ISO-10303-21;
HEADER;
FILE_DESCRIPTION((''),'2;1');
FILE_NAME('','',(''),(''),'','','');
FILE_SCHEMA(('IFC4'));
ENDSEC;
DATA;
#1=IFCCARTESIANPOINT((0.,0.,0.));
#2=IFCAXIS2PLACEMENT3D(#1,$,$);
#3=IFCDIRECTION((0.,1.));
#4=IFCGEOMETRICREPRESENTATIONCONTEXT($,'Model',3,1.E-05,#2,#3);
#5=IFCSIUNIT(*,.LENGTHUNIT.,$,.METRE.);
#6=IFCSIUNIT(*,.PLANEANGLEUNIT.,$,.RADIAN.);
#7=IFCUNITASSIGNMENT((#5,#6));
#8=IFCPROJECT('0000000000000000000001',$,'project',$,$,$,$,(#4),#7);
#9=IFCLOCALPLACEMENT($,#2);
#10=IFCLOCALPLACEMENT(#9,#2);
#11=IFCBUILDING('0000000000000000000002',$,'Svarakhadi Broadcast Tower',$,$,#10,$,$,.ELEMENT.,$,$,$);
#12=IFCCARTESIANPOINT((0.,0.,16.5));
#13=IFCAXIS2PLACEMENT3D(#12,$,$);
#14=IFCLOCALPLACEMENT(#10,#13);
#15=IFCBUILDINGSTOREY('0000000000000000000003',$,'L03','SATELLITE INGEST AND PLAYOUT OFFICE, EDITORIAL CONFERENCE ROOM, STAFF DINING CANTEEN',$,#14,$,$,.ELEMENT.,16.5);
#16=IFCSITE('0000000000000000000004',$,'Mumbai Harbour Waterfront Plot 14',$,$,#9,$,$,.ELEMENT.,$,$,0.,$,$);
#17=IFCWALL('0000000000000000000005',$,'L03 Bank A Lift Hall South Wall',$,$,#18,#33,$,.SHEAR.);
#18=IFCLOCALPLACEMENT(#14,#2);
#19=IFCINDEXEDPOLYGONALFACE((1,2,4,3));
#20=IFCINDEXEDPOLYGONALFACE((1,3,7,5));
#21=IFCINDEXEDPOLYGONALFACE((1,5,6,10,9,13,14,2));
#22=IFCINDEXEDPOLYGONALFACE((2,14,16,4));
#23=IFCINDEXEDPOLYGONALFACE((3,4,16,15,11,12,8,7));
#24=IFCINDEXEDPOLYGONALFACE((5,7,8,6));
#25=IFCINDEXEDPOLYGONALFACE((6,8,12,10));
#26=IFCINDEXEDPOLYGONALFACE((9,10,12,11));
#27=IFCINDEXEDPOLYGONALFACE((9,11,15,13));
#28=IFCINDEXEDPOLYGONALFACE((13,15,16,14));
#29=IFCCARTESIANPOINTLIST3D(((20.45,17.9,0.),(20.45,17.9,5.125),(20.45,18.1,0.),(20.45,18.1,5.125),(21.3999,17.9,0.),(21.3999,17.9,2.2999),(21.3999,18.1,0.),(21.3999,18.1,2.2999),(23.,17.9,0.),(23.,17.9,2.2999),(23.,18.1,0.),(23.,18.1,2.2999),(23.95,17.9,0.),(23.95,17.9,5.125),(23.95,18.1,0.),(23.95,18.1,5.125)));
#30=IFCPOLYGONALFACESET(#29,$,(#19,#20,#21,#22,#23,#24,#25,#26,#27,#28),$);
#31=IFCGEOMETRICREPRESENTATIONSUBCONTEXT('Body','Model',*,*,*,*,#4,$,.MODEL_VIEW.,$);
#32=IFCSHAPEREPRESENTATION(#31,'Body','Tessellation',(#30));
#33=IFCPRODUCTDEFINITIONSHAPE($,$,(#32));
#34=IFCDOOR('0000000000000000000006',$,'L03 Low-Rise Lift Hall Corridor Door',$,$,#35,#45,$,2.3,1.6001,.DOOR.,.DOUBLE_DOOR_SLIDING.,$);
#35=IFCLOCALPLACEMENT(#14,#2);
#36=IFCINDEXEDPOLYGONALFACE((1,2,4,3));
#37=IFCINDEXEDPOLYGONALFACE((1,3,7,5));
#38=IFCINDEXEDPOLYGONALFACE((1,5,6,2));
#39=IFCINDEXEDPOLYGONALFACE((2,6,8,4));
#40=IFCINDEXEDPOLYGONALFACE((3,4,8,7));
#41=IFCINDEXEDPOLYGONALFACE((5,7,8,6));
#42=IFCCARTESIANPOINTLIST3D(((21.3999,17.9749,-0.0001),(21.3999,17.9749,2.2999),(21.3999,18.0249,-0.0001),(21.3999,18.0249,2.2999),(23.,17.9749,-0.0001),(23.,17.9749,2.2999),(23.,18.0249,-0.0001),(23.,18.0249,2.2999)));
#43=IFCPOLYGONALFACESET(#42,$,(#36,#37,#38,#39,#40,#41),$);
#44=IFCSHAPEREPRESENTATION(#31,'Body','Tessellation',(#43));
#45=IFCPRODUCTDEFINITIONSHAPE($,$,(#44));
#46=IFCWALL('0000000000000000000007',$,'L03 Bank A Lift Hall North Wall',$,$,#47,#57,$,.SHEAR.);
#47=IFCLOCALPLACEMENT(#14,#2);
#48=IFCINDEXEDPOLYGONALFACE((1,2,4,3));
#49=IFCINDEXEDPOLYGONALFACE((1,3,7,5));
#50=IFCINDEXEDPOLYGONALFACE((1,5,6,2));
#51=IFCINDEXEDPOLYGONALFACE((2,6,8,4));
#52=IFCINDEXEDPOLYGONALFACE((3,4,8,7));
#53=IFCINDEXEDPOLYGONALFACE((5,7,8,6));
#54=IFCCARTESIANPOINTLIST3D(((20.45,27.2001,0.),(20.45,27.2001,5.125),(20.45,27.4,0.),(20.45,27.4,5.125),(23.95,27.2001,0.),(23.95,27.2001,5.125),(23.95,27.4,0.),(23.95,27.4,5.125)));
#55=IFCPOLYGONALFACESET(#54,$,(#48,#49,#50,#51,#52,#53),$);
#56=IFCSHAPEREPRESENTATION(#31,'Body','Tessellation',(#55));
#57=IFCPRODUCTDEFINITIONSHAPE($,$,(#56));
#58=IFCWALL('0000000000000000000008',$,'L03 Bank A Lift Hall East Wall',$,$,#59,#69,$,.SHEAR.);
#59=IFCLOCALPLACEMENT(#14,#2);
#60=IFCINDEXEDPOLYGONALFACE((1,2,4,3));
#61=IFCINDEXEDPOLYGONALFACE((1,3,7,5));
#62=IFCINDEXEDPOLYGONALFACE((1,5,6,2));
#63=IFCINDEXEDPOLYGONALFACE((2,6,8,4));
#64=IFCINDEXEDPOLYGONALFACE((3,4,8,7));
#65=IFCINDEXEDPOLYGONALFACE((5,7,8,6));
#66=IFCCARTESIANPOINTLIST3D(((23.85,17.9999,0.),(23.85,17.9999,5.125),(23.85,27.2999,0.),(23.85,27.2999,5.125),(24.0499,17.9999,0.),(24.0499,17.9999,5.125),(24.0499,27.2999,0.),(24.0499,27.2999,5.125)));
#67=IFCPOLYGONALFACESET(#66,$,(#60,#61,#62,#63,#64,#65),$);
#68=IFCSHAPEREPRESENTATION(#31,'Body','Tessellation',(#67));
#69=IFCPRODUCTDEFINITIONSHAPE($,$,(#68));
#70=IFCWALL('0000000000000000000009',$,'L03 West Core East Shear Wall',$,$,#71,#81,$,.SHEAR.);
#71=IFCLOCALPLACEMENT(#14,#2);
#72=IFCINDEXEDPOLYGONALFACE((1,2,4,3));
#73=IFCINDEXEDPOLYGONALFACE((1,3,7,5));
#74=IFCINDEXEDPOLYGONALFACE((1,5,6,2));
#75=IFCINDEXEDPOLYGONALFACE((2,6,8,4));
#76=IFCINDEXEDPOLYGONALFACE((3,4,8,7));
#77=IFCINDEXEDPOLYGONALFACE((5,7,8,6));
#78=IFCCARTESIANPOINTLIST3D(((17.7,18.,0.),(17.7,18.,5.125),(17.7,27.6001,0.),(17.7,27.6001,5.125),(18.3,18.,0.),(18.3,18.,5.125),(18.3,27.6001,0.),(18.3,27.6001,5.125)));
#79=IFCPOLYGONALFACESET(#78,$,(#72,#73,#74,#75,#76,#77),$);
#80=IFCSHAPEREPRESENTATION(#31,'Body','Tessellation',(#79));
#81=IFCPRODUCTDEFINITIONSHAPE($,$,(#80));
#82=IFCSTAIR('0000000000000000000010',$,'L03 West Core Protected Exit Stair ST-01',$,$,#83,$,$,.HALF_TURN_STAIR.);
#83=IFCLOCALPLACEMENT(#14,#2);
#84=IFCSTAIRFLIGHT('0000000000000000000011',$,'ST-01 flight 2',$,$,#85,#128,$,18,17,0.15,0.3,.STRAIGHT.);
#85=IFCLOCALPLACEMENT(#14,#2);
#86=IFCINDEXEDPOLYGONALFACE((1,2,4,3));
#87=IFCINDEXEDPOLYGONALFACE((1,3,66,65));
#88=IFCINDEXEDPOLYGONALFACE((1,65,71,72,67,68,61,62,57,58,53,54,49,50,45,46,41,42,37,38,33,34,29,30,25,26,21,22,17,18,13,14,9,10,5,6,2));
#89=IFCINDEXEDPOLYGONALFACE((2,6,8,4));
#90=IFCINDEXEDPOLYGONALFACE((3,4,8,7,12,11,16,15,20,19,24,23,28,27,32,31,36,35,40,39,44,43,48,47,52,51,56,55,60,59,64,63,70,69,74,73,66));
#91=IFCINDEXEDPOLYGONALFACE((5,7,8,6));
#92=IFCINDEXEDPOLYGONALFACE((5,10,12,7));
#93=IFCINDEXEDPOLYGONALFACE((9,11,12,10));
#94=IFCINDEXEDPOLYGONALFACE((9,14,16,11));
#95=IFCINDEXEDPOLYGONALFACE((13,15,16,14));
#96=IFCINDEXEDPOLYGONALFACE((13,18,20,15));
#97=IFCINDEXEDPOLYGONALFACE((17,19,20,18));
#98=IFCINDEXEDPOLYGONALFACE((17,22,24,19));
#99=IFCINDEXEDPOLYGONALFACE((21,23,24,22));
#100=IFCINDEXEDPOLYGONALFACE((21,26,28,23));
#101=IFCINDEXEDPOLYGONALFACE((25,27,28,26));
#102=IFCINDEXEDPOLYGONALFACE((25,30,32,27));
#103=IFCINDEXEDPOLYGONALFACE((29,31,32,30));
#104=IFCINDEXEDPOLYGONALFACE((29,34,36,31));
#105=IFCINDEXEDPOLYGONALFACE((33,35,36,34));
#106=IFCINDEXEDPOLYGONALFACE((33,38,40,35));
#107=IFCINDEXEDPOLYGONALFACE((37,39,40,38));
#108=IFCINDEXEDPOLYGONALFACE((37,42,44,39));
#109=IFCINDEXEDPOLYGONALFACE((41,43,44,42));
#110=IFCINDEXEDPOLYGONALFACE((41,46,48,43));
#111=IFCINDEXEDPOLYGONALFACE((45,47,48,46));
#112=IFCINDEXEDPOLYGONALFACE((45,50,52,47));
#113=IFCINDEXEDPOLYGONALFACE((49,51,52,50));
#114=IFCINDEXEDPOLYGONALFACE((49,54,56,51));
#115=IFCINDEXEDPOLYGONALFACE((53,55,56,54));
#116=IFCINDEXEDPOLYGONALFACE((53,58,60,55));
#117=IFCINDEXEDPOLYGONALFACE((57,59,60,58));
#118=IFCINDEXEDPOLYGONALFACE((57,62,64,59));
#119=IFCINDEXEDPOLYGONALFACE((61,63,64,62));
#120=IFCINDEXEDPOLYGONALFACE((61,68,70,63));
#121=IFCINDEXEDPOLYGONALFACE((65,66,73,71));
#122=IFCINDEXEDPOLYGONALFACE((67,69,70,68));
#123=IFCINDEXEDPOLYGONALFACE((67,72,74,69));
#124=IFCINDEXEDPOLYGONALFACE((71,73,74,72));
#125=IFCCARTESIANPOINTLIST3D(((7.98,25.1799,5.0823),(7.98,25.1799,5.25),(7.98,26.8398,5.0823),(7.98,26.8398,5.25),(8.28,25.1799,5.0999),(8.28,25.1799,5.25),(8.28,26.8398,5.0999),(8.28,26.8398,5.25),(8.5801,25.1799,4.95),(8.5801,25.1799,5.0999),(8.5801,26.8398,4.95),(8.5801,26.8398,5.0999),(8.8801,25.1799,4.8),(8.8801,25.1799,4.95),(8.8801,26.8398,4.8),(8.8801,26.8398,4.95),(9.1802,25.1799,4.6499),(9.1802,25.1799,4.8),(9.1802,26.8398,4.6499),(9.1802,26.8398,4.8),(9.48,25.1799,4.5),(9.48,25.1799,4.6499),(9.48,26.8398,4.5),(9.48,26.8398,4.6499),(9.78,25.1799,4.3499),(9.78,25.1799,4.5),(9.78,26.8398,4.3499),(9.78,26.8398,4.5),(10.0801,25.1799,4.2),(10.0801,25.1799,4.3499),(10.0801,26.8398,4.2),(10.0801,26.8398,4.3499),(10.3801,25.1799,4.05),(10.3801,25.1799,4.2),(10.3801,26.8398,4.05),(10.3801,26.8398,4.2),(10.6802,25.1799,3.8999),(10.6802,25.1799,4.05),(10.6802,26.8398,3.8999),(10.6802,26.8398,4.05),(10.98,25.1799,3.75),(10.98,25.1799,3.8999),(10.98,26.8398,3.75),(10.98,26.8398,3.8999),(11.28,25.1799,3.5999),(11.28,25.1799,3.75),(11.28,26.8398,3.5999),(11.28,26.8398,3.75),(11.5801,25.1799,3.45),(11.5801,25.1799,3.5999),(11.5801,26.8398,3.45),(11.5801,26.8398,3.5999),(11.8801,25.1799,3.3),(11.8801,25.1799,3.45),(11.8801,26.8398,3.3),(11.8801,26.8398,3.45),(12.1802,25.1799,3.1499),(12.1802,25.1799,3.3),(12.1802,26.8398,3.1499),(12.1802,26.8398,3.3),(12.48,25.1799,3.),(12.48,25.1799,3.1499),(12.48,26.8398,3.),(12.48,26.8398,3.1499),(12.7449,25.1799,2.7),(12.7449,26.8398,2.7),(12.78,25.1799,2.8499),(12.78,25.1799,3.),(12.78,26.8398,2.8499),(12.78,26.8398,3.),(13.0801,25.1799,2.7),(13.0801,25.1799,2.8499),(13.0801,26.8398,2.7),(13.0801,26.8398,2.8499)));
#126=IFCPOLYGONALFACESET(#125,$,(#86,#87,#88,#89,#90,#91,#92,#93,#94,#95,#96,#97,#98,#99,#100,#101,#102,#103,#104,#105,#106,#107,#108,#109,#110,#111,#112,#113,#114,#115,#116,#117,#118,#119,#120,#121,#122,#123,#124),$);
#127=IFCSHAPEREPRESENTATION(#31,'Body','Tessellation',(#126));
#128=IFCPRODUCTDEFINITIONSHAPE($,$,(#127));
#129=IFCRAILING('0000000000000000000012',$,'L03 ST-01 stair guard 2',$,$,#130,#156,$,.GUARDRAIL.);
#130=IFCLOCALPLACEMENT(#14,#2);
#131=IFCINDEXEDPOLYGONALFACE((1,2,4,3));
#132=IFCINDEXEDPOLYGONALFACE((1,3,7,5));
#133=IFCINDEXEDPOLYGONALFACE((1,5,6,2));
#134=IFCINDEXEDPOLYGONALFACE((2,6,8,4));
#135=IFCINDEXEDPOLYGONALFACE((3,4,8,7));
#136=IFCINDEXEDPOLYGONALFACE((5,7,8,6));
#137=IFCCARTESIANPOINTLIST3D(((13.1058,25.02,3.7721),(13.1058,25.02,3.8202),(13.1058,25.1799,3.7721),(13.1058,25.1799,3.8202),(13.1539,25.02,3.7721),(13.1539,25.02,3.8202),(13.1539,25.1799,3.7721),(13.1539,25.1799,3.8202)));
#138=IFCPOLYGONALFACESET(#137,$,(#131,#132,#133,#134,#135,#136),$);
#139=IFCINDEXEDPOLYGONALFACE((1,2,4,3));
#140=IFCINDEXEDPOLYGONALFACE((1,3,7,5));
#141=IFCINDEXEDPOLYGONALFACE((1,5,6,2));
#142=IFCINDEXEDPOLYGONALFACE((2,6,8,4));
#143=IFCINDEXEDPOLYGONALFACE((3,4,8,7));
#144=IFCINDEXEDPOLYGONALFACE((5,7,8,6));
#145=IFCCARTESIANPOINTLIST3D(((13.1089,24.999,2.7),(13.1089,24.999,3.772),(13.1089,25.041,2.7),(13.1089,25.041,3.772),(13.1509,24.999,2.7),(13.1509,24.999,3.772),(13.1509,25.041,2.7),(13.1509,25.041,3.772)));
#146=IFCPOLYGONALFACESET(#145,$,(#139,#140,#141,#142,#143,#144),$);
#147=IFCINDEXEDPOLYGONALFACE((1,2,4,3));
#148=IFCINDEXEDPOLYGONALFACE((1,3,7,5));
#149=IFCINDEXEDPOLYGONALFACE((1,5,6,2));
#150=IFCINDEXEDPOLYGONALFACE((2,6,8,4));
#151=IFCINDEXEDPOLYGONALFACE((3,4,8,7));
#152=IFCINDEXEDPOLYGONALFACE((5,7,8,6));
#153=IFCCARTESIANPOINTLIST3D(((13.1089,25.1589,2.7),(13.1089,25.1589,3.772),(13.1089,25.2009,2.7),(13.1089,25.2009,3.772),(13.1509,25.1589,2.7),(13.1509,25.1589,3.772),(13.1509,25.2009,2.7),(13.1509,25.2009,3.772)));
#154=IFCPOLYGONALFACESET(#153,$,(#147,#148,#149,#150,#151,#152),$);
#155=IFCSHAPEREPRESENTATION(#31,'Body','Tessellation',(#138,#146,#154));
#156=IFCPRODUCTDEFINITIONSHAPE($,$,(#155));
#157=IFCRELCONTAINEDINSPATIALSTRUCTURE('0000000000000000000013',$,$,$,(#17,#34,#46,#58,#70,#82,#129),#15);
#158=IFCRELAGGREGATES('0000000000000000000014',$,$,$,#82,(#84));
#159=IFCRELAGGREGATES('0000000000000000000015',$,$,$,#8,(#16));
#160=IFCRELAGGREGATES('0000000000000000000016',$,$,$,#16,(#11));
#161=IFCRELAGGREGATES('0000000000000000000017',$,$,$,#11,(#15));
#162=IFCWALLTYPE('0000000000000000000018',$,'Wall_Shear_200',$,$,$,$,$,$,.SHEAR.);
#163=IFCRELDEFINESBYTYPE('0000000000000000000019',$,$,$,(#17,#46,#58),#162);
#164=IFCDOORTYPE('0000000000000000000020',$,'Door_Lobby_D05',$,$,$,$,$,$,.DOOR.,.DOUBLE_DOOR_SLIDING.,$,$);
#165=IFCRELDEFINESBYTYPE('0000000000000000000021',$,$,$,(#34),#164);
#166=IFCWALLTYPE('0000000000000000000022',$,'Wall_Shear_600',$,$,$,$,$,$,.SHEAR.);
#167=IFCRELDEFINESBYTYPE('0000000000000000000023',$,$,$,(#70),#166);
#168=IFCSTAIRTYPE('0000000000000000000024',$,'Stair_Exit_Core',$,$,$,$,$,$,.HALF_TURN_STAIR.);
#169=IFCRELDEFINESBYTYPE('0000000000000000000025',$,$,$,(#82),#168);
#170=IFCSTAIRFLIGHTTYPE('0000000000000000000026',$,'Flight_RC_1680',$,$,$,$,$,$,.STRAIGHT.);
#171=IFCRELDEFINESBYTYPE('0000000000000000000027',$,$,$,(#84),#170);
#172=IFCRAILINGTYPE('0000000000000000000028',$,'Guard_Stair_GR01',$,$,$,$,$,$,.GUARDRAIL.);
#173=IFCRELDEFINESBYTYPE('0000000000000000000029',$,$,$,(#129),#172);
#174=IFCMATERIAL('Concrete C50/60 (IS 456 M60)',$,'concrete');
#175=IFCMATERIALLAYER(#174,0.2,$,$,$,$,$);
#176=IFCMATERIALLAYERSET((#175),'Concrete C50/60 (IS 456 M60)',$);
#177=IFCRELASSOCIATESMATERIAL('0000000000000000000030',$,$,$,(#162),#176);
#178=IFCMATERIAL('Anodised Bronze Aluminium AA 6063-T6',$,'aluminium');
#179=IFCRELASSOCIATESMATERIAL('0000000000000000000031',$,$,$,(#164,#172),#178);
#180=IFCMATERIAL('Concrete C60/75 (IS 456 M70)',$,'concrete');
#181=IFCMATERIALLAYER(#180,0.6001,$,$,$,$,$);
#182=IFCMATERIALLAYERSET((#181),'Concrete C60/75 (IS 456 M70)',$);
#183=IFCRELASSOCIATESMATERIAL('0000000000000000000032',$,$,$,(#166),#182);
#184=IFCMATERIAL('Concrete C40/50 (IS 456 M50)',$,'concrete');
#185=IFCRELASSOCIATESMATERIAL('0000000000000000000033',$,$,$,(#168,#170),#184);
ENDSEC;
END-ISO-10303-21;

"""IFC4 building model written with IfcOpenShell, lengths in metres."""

from ifc_helpers import new_model, si_unit, direction, frame, frame_2d, origin, origin_2d, place, context, subcontext, project, spatial, polyline, rectangle, outline, extrude, material, layer, layer_set, type_object, element, fill, aggregate, save


model = new_model("IFC4")

# Units and contexts
model_context = context("Model", 3, precision=1e-05, world=origin(), true_north=direction((0.0, 1.0)))
body_context = subcontext(model_context, "Body", "Model", "MODEL_VIEW")
ifc_project = project(units=[si_unit("LENGTHUNIT", "METRE"), si_unit("PLANEANGLEUNIT", "RADIAN")], contexts=[model_context])

# Site, building, storey
site_placement = place(None, origin())
site = spatial("IfcSite", under=ifc_project, at=site_placement, Name="Mumbai Harbour Waterfront Plot 14", CompositionType="ELEMENT", RefElevation=0.0)
building_placement = place(site_placement, origin())
building = spatial("IfcBuilding", under=site, at=building_placement, Name="Svarakhadi Broadcast Tower", CompositionType="ELEMENT")
storey_placement = place(building_placement, frame((0.0, 0.0, 16.5)))
storey = spatial("IfcBuildingStorey", under=building, at=storey_placement, Name="L03", Description="SATELLITE INGEST AND PLAYOUT OFFICE, EDITORIAL CONFERENCE ROOM, STAFF DINING CANTEEN", CompositionType="ELEMENT", Elevation=16.5)

# Shared definitions
ifc_material_1 = material(Name="Concrete C60/75 (IS 456 M70)", Category="concrete")

# Shared definitions
ifc_material_2 = material(Name="Concrete C50/60 (IS 456 M60)", Category="concrete")
ifc_layer_1 = layer(ifc_material_2, 0.2)
ifc_layer_set_1 = layer_set([ifc_layer_1], Name="Concrete C50/60 (IS 456 M60)")
wall_type_1 = type_object("IfcWallType", Name="Wall_Shear_200", PredefinedType="SHEAR", material=ifc_layer_set_1)

# Wall, opening, door
wall_1_placement = place(storey_placement, frame((20.45, 18.0, 0.0), z_axis=(0.0, 0.0, 1.0), x_axis=(1.0, 0.0, 0.0)))
wall_1 = element("IfcWall", 1, at=wall_1_placement, inside=storey, type_object=wall_type_1, Name="L03 Bank A Lift Hall South Wall", PredefinedType="SHEAR", context=body_context, shape_type="SweptSolid", body=[
    extrude(rectangle(XDim=3.5, YDim=0.2, at=frame_2d((1.75, 0.0))), origin(), (0.0, 0.0, 1.0), 5.125),
])
opening_1_placement = place(wall_1_placement, frame((0.95, 0.0, 0.0)))
opening_1 = element("IfcOpeningElement", 2, at=opening_1_placement, cuts=wall_1, PredefinedType="OPENING", context=body_context, shape_type="SweptSolid", body=[
    extrude(rectangle(XDim=1.6001, YDim=2.3, at=frame_2d((0.8, 1.1499))), frame((0.0, 0.1099, 0.0), z_axis=(0.0, -1.0, 0.0), x_axis=(1.0, 0.0, 0.0)), (0.0, 0.0, 1.0), 0.22),
])
ifc_material_3 = material(Name="Anodised Bronze Aluminium AA 6063-T6", Category="aluminium")
door_type_1 = type_object("IfcDoorType", Name="Door_Lobby_D05", OperationType="DOUBLE_DOOR_SLIDING", PredefinedType="DOOR", material=ifc_material_3)
door_1_placement = place(opening_1_placement, origin())
door_1 = element("IfcDoor", 3, at=door_1_placement, inside=storey, type_object=door_type_1, Name="L03 Low-Rise Lift Hall Corridor Door", OperationType="DOUBLE_DOOR_SLIDING", OverallHeight=2.3, OverallWidth=1.6001, PredefinedType="DOOR", context=body_context, shape_type="SweptSolid", body=[
    extrude(rectangle(XDim=1.6001, YDim=2.3, at=frame_2d((0.8, 1.1499))), frame((0.0, 0.0249, 0.0), z_axis=(0.0, -1.0, 0.0), x_axis=(1.0, 0.0, 0.0)), (0.0, 0.0, 1.0), 0.05),
])
fill(opening_1, door_1)

# Walls
wall_2_placement = place(storey_placement, frame((20.45, 27.3, 0.0), z_axis=(0.0, 0.0, 1.0), x_axis=(1.0, 0.0, 0.0)))
element("IfcWall", 4, at=wall_2_placement, inside=storey, type_object=wall_type_1, Name="L03 Bank A Lift Hall North Wall", PredefinedType="SHEAR", context=body_context, shape_type="SweptSolid", body=[
    extrude(rectangle(XDim=3.5, YDim=0.2, at=frame_2d((1.75, 0.0))), origin(), (0.0, 0.0, 1.0), 5.125),
])
wall_3_placement = place(storey_placement, frame((23.95, 18.0, 0.0), z_axis=(0.0, 0.0, 1.0), x_axis=(0.0, 1.0, 0.0)))
element("IfcWall", 5, at=wall_3_placement, inside=storey, type_object=wall_type_1, Name="L03 Bank A Lift Hall East Wall", PredefinedType="SHEAR", context=body_context, shape_type="SweptSolid", body=[
    extrude(rectangle(XDim=9.3, YDim=0.2, at=frame_2d((4.6499, 0.0))), origin(), (0.0, 0.0, 1.0), 5.125),
])
ifc_layer_2 = layer(ifc_material_1, 0.6001)
ifc_layer_set_2 = layer_set([ifc_layer_2], Name="Concrete C60/75 (IS 456 M70)")
wall_type_2 = type_object("IfcWallType", Name="Wall_Shear_600", PredefinedType="SHEAR", material=ifc_layer_set_2)
wall_4_placement = place(storey_placement, frame((18.0, 18.0, 0.0), z_axis=(0.0, 0.0, 1.0), x_axis=(0.0, 1.0, 0.0)))
element("IfcWall", 6, at=wall_4_placement, inside=storey, type_object=wall_type_2, Name="L03 West Core East Shear Wall", PredefinedType="SHEAR", context=body_context, shape_type="SweptSolid", body=[
    extrude(rectangle(XDim=9.6001, YDim=0.6001, at=frame_2d((4.8, 0.0))), origin(), (0.0, 0.0, 1.0), 5.125),
])

# Stair, stair flight
ifc_material_4 = material(Name="Concrete C40/50 (IS 456 M50)", Category="concrete")
stair_type = type_object("IfcStairType", Name="Stair_Exit_Core", PredefinedType="HALF_TURN_STAIR", material=ifc_material_4)
stair_placement = place(storey_placement, origin())
stair = element("IfcStair", 7, at=stair_placement, inside=storey, type_object=stair_type, Name="L03 West Core Protected Exit Stair ST-01", PredefinedType="HALF_TURN_STAIR")
stair_flight_type = type_object("IfcStairFlightType", Name="Flight_RC_1680", PredefinedType="STRAIGHT", material=ifc_material_4)
stair_flight_placement = place(storey_placement, frame((13.0801, 26.01, 2.7), z_axis=(0.0, 0.0, 1.0), x_axis=(-1.0, 0.0, 0.0)))
stair_flight = element("IfcStairFlight", 8, at=stair_flight_placement, type_object=stair_flight_type, Name="ST-01 flight 2", NumberOfRisers=18, NumberOfTreads=17, PredefinedType="STRAIGHT", RiserHeight=0.15, TreadLength=0.3, context=body_context, shape_type="SweptSolid", body=[
    extrude(outline(polyline([(0.0, 0.0), (0.0, 0.1499), (0.3, 0.1499), (0.3, 0.3), (0.6001, 0.3), (0.6001, 0.45), (0.8999, 0.45), (0.8999, 0.6001), (1.2, 0.6001), (1.2, 0.75), (1.5, 0.75), (1.5, 0.8999), (1.8, 0.8999), (1.8, 1.05), (2.1001, 1.05), (2.1001, 1.2), (2.3999, 1.2), (2.3999, 1.3501), (2.7, 1.3501), (2.7, 1.5), (3.0, 1.5), (3.0, 1.6499), (3.3, 1.6499), (3.3, 1.8), (3.6001, 1.8), (3.6001, 1.95), (3.8999, 1.95), (3.8999, 2.1001), (4.2, 2.1001), (4.2, 2.25), (4.5, 2.25), (4.5, 2.3999), (4.8, 2.3999), (4.8, 2.55), (5.1001, 2.55), (5.1001, 2.7), (5.1001, 2.3823), (0.3352, 0.0), (0.0, 0.0)])), frame((0.0, 0.8301, 0.0), z_axis=(0.0, -1.0, 0.0), x_axis=(1.0, 0.0, 0.0)), (0.0, 0.0, 1.0), 1.6599),
])
aggregate(stair, [stair_flight])

# Railing
railing_type_1 = type_object("IfcRailingType", Name="Guard_Stair_GR01", PredefinedType="GUARDRAIL", material=ifc_material_3)
railing_1_placement = place(storey_placement, frame((13.1299, 25.02, 2.7)))
element("IfcRailing", 9, at=railing_1_placement, inside=storey, type_object=railing_type_1, Name="L03 ST-01 stair guard 2", PredefinedType="GUARDRAIL", context=body_context, shape_type="SweptSolid", body=[
    extrude(rectangle(XDim=0.0481, YDim=0.0481, at=origin_2d()), frame((0.0, 0.0, 1.0962), z_axis=(0.0, 1.0, 0.0), x_axis=(-1.0, 0.0, 0.0)), (0.0, 0.0, 1.0), 0.1599),
    extrude(rectangle(XDim=0.042, YDim=0.042, at=origin_2d()), origin(), (0.0, 0.0, 1.0), 1.072),
    extrude(rectangle(XDim=0.042, YDim=0.042, at=origin_2d()), frame((0.0, 0.1599, 0.0)), (0.0, 0.0, 1.0), 1.072),
])

save(model, "model.ifc")
